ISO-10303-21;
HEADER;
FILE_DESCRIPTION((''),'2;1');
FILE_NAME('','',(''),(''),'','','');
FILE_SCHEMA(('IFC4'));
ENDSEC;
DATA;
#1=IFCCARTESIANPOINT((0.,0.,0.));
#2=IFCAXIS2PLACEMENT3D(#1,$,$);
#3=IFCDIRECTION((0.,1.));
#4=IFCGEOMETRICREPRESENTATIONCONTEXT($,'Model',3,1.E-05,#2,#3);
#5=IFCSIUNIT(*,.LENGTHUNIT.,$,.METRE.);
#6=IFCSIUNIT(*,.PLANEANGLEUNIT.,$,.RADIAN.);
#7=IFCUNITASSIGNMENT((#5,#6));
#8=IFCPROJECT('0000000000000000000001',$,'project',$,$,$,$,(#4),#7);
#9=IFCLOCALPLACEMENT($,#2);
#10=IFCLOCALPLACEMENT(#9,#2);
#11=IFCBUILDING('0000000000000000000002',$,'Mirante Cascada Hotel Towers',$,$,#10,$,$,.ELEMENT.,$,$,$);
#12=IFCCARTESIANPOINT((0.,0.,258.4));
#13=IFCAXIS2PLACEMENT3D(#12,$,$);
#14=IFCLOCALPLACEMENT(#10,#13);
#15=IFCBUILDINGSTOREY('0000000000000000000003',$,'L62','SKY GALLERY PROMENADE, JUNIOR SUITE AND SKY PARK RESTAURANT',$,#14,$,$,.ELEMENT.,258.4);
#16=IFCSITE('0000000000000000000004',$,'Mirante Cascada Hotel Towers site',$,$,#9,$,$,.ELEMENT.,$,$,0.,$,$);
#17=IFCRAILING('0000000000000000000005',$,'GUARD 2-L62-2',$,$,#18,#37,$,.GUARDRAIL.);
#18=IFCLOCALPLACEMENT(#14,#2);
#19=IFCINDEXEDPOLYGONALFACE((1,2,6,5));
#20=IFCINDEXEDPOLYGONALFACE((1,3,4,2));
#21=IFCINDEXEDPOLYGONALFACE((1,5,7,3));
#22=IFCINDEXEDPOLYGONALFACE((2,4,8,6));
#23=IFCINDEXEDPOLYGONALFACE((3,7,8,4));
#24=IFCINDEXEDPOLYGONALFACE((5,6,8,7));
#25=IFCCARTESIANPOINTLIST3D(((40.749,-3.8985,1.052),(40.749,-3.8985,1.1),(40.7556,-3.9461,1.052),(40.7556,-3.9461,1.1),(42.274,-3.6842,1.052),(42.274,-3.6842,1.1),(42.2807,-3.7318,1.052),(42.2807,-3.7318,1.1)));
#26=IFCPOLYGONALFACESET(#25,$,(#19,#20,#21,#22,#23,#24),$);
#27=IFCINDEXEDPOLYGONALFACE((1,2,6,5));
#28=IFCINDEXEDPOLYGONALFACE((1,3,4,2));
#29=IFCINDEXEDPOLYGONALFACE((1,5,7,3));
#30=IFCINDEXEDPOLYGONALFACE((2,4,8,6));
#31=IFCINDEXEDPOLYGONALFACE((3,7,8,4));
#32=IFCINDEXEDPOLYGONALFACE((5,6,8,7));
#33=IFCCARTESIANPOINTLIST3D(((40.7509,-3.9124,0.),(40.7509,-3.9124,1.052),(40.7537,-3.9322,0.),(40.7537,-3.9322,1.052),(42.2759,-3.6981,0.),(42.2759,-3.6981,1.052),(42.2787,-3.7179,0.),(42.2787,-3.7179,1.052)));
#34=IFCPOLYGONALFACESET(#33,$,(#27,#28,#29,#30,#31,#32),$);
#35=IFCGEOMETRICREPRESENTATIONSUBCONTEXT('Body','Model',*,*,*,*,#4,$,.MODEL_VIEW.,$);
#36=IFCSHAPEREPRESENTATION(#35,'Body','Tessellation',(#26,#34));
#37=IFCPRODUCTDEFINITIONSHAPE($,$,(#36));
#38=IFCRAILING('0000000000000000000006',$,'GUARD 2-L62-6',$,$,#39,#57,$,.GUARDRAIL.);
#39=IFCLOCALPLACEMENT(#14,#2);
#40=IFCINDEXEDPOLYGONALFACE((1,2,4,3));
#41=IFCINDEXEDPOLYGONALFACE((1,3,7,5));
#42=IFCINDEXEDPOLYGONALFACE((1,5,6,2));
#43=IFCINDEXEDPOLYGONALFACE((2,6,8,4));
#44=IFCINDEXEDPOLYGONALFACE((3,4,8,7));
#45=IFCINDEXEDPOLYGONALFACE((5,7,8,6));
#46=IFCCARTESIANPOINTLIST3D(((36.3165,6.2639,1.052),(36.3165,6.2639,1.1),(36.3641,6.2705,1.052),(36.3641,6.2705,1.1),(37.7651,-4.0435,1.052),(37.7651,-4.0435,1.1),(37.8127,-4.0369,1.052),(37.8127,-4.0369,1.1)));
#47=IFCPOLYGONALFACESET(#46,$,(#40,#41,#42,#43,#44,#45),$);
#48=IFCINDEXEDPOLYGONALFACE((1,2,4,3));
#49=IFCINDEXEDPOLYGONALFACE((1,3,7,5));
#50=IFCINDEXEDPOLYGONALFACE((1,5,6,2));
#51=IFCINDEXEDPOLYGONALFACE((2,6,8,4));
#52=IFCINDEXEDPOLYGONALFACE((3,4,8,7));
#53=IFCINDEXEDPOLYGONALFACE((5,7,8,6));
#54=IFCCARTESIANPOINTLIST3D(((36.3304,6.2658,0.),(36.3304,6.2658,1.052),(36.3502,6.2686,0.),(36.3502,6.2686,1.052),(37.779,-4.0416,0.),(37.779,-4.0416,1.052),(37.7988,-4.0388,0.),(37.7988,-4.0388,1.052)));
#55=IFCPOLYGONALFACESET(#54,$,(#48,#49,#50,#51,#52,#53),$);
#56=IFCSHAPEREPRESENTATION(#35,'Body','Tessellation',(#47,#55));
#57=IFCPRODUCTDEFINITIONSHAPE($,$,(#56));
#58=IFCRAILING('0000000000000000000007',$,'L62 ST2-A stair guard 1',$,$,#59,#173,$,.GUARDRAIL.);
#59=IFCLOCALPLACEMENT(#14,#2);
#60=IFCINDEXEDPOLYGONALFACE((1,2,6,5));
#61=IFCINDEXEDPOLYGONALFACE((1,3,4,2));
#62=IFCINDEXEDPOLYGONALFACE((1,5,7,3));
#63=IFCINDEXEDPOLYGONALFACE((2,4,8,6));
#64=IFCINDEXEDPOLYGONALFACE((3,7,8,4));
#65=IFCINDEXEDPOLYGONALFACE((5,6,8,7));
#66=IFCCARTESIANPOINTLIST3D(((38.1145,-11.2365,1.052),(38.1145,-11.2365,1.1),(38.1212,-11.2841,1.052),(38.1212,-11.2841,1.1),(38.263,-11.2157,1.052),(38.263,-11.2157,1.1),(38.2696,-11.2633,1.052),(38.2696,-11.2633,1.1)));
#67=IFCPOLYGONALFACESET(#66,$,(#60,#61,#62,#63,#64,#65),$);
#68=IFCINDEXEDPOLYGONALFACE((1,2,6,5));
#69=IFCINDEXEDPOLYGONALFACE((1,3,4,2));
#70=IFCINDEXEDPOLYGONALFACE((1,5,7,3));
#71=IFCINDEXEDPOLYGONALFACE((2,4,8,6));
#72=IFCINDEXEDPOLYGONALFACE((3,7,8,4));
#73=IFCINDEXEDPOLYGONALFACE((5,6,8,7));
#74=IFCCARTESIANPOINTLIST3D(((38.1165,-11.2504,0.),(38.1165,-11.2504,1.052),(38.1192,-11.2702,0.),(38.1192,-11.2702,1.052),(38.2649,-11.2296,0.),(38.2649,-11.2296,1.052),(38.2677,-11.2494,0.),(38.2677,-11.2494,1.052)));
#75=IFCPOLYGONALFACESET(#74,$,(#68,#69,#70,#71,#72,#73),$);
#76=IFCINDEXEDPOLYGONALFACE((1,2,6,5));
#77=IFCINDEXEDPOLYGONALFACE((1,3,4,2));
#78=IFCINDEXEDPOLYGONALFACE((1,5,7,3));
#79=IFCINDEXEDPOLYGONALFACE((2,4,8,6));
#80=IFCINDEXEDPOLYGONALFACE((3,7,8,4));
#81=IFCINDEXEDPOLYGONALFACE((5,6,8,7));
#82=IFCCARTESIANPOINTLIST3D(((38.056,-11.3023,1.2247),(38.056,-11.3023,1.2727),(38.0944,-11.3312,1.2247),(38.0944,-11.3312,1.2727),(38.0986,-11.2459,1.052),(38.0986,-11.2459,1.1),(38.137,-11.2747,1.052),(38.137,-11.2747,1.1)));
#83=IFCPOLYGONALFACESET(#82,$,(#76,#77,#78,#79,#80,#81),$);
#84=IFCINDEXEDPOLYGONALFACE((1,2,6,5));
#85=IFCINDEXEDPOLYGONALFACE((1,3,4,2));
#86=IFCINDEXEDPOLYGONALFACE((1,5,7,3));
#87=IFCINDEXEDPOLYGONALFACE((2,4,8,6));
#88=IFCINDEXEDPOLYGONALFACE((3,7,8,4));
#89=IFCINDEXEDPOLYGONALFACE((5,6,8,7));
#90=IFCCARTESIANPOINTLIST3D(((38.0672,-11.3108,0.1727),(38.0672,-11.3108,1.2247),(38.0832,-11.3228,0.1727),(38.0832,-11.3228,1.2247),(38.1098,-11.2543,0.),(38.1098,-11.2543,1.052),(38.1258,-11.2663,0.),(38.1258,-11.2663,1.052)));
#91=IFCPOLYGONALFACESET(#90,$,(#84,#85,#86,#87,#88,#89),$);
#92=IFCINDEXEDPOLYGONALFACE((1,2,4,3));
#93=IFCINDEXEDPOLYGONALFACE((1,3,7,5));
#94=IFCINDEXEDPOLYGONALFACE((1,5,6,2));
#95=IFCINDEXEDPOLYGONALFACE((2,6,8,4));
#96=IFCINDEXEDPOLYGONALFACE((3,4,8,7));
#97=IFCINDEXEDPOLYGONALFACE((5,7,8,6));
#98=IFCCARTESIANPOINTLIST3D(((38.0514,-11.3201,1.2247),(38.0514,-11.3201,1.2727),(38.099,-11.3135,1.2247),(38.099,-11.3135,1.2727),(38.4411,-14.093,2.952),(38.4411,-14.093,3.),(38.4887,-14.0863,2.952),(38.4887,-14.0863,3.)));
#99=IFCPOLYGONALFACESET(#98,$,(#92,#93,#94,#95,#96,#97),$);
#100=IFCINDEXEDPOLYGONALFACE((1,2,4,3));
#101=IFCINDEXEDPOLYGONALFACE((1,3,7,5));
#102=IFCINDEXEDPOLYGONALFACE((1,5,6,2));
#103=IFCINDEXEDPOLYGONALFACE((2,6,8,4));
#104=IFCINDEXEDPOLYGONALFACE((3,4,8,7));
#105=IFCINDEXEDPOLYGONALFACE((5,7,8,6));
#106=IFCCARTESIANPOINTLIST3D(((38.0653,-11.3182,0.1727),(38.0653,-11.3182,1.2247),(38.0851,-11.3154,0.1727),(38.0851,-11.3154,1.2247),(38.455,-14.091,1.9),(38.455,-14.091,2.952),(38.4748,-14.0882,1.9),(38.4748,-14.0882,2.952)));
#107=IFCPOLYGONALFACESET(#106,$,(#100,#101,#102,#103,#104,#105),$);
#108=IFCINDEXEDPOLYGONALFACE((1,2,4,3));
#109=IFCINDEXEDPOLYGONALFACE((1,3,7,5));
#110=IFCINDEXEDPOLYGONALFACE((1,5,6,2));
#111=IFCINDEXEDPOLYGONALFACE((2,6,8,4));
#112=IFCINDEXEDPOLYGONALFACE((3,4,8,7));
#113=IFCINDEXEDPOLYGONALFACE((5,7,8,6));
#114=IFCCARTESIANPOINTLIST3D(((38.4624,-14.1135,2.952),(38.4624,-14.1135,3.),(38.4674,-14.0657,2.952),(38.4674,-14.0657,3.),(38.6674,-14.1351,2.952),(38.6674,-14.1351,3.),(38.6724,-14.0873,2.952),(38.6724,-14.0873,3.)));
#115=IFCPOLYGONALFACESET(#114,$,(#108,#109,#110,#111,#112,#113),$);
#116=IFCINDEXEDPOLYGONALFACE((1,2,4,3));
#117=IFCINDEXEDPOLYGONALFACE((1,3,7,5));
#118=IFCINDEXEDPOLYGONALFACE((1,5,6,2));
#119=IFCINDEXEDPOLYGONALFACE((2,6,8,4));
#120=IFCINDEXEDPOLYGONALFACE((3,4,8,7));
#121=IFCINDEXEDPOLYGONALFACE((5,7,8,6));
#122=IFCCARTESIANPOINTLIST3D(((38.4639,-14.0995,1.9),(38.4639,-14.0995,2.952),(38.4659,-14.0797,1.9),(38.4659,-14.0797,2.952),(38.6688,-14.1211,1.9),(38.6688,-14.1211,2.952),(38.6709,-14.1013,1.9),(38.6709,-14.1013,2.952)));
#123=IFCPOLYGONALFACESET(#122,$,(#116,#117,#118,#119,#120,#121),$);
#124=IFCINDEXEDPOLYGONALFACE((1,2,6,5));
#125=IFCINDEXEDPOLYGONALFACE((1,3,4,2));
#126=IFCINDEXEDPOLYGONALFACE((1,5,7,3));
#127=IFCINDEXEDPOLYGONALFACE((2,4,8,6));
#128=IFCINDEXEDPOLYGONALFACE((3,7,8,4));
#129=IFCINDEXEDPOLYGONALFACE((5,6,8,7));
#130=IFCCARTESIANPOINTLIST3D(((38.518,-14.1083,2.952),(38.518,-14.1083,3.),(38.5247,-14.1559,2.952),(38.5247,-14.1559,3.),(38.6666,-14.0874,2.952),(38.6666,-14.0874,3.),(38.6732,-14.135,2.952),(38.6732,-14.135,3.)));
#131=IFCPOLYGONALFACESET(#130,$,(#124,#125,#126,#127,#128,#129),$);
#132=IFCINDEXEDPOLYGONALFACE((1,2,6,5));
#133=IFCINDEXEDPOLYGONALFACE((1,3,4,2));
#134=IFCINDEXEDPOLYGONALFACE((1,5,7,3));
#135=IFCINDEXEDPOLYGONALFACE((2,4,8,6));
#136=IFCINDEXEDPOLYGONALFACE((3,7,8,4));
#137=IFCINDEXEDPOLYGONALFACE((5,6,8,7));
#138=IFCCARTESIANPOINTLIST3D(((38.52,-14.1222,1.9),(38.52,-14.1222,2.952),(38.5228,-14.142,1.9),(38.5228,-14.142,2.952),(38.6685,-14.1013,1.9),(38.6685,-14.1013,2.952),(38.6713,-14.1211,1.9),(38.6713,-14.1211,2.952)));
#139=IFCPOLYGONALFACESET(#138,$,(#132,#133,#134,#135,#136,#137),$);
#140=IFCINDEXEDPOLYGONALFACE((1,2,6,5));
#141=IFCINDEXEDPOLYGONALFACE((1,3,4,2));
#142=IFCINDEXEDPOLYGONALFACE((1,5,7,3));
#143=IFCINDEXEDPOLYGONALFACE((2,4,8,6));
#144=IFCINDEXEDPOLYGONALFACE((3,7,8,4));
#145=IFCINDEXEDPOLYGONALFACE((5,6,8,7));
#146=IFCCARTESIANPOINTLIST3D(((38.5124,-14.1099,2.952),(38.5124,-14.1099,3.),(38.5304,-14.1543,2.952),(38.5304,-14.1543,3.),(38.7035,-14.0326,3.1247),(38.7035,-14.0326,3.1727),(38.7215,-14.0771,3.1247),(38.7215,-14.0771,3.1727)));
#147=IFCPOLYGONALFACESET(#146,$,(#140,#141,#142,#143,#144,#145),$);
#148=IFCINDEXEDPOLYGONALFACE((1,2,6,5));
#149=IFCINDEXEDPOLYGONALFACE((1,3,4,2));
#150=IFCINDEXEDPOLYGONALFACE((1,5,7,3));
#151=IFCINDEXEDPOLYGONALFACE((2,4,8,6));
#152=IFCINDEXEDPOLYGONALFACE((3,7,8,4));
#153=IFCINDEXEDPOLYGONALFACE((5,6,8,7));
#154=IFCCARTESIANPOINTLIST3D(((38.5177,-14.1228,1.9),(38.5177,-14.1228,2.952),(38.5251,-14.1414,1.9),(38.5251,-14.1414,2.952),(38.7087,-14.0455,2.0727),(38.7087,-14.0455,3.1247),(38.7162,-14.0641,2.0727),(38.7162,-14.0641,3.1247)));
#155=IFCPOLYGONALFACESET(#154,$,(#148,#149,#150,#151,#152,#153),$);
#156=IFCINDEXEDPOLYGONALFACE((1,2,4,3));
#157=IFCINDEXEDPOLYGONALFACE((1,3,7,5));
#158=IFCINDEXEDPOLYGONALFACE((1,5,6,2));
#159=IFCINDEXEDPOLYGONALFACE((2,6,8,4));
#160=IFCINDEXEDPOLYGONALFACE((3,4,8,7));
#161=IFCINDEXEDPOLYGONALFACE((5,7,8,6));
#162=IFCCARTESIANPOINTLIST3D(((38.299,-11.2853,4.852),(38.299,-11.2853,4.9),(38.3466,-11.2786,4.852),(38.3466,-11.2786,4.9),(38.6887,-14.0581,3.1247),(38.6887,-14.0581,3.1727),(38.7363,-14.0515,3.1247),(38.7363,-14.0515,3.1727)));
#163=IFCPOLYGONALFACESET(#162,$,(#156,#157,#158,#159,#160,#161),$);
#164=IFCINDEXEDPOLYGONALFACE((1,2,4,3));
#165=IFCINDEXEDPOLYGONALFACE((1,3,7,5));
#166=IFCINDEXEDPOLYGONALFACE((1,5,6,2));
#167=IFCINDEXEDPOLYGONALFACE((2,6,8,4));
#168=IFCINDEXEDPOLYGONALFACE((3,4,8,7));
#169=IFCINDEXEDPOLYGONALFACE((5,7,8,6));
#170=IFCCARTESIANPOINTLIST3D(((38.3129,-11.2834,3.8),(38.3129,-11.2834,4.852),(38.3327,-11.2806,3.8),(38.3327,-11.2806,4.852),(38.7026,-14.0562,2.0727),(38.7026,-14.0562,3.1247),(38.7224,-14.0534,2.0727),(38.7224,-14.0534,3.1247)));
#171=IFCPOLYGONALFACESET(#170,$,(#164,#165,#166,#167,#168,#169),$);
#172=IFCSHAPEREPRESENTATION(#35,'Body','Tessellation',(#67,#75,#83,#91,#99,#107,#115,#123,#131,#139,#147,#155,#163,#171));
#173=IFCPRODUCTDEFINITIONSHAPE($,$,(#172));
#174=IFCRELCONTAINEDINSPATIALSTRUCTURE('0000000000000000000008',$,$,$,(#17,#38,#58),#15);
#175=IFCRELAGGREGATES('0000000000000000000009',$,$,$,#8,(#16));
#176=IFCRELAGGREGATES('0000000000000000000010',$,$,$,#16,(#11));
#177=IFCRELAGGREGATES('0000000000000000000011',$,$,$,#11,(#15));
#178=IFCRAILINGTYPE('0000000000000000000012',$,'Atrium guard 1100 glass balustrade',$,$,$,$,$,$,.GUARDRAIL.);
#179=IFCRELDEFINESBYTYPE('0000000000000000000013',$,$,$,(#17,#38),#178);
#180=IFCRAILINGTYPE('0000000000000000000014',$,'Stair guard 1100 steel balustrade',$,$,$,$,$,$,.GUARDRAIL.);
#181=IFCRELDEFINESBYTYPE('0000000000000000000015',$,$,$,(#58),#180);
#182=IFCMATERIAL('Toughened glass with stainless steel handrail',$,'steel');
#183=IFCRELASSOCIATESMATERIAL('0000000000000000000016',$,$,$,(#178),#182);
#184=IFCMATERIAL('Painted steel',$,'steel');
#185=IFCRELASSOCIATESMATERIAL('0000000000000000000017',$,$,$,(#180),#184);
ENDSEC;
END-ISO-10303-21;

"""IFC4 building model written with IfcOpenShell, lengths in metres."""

from ifc_helpers import new_model, si_unit, direction, frame, origin, origin_2d, place, context, subcontext, project, spatial, rectangle, extrude, material, type_object, element, save


model = new_model("IFC4")

# Units and contexts
model_context = context("Model", 3, precision=1e-05, world=origin(), true_north=direction((0.0, 1.0)))
body_context = subcontext(model_context, "Body", "Model", "MODEL_VIEW")
ifc_project = project(units=[si_unit("LENGTHUNIT", "METRE"), si_unit("PLANEANGLEUNIT", "RADIAN")], contexts=[model_context])

# Site, building, storey
site_placement = place(None, origin())
site = spatial("IfcSite", under=ifc_project, at=site_placement, Name="Mirante Cascada Hotel Towers site", CompositionType="ELEMENT", RefElevation=0.0)
building_placement = place(site_placement, origin())
building = spatial("IfcBuilding", under=site, at=building_placement, Name="Mirante Cascada Hotel Towers", CompositionType="ELEMENT")
storey_placement = place(building_placement, frame((0.0, 0.0, 258.4)))
storey = spatial("IfcBuildingStorey", under=building, at=storey_placement, Name="L62", Description="SKY GALLERY PROMENADE, JUNIOR SUITE AND SKY PARK RESTAURANT", CompositionType="ELEMENT", Elevation=258.4)

# Railings
ifc_material_1 = material(Name="Toughened glass with stainless steel handrail", Category="steel")
railing_type_1 = type_object("IfcRailingType", Name="Atrium guard 1100 glass balustrade", PredefinedType="GUARDRAIL", material=ifc_material_1)
railing_1_placement = place(storey_placement, frame((40.7523, -3.9223, 0.0)))
element("IfcRailing", 1, at=railing_1_placement, inside=storey, type_object=railing_type_1, Name="GUARD 2-L62-2", PredefinedType="GUARDRAIL", context=body_context, shape_type="SweptSolid", body=[
    extrude(rectangle(XDim=0.048, YDim=0.048, at=origin_2d()), frame((0.0, 0.0, 1.076), z_axis=(0.99027, 0.139157, 0.0), x_axis=(-0.139157, 0.99027, 0.0)), (0.0, 0.0, 1.0), 1.54),
    extrude(rectangle(XDim=0.02, YDim=1.052, at=origin_2d()), frame((0.0, 0.0, 0.526), z_axis=(0.99027, 0.139157, 0.0), x_axis=(-0.139157, 0.99027, 0.0)), (0.0, 0.0, 1.0), 1.54),
])
railing_2_placement = place(storey_placement, frame((37.7889, -4.0402, 0.0)))
element("IfcRailing", 2, at=railing_2_placement, inside=storey, type_object=railing_type_1, Name="GUARD 2-L62-6", PredefinedType="GUARDRAIL", context=body_context, shape_type="SweptSolid", body=[
    extrude(rectangle(XDim=0.048, YDim=0.048, at=origin_2d()), frame((0.0, 0.0, 1.076), z_axis=(-0.139172, 0.990268, 0.0), x_axis=(-0.990268, -0.139172, 0.0)), (0.0, 0.0, 1.0), 10.4087),
    extrude(rectangle(XDim=0.02, YDim=1.052, at=origin_2d()), frame((0.0, 0.0, 0.526), z_axis=(-0.139172, 0.990268, 0.0), x_axis=(-0.990268, -0.139172, 0.0)), (0.0, 0.0, 1.0), 10.4087),
])
ifc_material_2 = material(Name="Painted steel", Category="steel")
railing_type_2 = type_object("IfcRailingType", Name="Stair guard 1100 steel balustrade", PredefinedType="GUARDRAIL", material=ifc_material_2)
railing_3_placement = place(storey_placement, frame((38.2663, -11.2395, 0.0)))
element("IfcRailing", 3, at=railing_3_placement, inside=storey, type_object=railing_type_2, Name="L62 ST2-A stair guard 1", PredefinedType="GUARDRAIL", context=body_context, shape_type="SweptSolid", body=[
    extrude(rectangle(XDim=0.048, YDim=0.048, at=origin_2d()), frame((0.0, 0.0, 1.076), z_axis=(-0.990333, -0.138713, 0.0), x_axis=(0.138713, -0.990333, 0.0)), (0.0, 0.0, 1.0), 0.1499),
    extrude(rectangle(XDim=0.02, YDim=1.052, at=origin_2d()), frame((0.0, 0.0, 0.526), z_axis=(-0.990333, -0.138713, 0.0), x_axis=(0.138713, -0.990333, 0.0)), (0.0, 0.0, 1.0), 0.1499),
    extrude(rectangle(XDim=0.048, YDim=0.048, at=origin_2d()), frame((-0.1485, -0.0208, 1.076), z_axis=(-0.602033, -0.798471, 0.0), x_axis=(0.798471, -0.602033, 0.0)), (0.0, 0.92534, 0.379139), 0.1866),
    extrude(rectangle(XDim=0.02, YDim=1.052, at=origin_2d()), frame((-0.1485, -0.0208, 0.526), z_axis=(-0.602033, -0.798471, 0.0), x_axis=(0.798471, -0.602033, 0.0)), (0.0, 0.92534, 0.379139), 0.1866),
    extrude(rectangle(XDim=0.048, YDim=0.048, at=origin_2d()), frame((-0.1911, -0.0773, 1.2487), z_axis=(0.139176, -0.990268, 0.0), x_axis=(0.990268, 0.139176, 0.0)), (0.0, 0.525021, 0.851089), 3.29),
    extrude(rectangle(XDim=0.02, YDim=1.052, at=origin_2d()), frame((-0.1911, -0.0773, 0.6987), z_axis=(0.139176, -0.990268, 0.0), x_axis=(0.990268, 0.139176, 0.0)), (0.0, 0.525021, 0.851089), 3.29),
    extrude(rectangle(XDim=0.048, YDim=0.048, at=origin_2d()), frame((0.1986, -2.8501, 2.976), z_axis=(0.994495, -0.104786, 0.0), x_axis=(0.104786, 0.994495, 0.0)), (0.0, 0.0, 1.0), 0.2061),
    extrude(rectangle(XDim=0.02, YDim=1.052, at=origin_2d()), frame((0.1986, -2.8501, 2.426), z_axis=(0.994495, -0.104786, 0.0), x_axis=(0.104786, 0.994495, 0.0)), (0.0, 0.0, 1.0), 0.2061),
    extrude(rectangle(XDim=0.048, YDim=0.048, at=origin_2d()), frame((0.4036, -2.8717, 2.976), z_axis=(-0.990241, -0.139367, 0.0), x_axis=(0.139367, -0.990241, 0.0)), (0.0, 0.0, 1.0), 0.15),
    extrude(rectangle(XDim=0.02, YDim=1.052, at=origin_2d()), frame((0.4036, -2.8717, 2.426), z_axis=(-0.990241, -0.139367, 0.0), x_axis=(0.139367, -0.990241, 0.0)), (0.0, 0.0, 1.0), 0.15),
    extrude(rectangle(XDim=0.048, YDim=0.048, at=origin_2d()), frame((0.2551, -2.8926, 2.976), z_axis=(0.927031, 0.374984, 0.0), x_axis=(-0.374984, 0.927031, 0.0)), (0.0, 0.64219, 0.766545), 0.2689),
    extrude(rectangle(XDim=0.02, YDim=1.052, at=origin_2d()), frame((0.2551, -2.8926, 2.426), z_axis=(0.927031, 0.374984, 0.0), x_axis=(-0.374984, 0.927031, 0.0)), (0.0, 0.64219, 0.766545), 0.2689),
    extrude(rectangle(XDim=0.048, YDim=0.048, at=origin_2d()), frame((0.4462, -2.8153, 3.1487), z_axis=(-0.139176, 0.990268, 0.0), x_axis=(-0.990268, -0.139176, 0.0)), (0.0, 0.525021, 0.851089), 3.29),
    extrude(rectangle(XDim=0.02, YDim=1.052, at=origin_2d()), frame((0.4462, -2.8153, 2.5987), z_axis=(-0.139176, 0.990268, 0.0), x_axis=(-0.990268, -0.139176, 0.0)), (0.0, 0.525021, 0.851089), 3.29),
])

save(model, "model.ifc")
